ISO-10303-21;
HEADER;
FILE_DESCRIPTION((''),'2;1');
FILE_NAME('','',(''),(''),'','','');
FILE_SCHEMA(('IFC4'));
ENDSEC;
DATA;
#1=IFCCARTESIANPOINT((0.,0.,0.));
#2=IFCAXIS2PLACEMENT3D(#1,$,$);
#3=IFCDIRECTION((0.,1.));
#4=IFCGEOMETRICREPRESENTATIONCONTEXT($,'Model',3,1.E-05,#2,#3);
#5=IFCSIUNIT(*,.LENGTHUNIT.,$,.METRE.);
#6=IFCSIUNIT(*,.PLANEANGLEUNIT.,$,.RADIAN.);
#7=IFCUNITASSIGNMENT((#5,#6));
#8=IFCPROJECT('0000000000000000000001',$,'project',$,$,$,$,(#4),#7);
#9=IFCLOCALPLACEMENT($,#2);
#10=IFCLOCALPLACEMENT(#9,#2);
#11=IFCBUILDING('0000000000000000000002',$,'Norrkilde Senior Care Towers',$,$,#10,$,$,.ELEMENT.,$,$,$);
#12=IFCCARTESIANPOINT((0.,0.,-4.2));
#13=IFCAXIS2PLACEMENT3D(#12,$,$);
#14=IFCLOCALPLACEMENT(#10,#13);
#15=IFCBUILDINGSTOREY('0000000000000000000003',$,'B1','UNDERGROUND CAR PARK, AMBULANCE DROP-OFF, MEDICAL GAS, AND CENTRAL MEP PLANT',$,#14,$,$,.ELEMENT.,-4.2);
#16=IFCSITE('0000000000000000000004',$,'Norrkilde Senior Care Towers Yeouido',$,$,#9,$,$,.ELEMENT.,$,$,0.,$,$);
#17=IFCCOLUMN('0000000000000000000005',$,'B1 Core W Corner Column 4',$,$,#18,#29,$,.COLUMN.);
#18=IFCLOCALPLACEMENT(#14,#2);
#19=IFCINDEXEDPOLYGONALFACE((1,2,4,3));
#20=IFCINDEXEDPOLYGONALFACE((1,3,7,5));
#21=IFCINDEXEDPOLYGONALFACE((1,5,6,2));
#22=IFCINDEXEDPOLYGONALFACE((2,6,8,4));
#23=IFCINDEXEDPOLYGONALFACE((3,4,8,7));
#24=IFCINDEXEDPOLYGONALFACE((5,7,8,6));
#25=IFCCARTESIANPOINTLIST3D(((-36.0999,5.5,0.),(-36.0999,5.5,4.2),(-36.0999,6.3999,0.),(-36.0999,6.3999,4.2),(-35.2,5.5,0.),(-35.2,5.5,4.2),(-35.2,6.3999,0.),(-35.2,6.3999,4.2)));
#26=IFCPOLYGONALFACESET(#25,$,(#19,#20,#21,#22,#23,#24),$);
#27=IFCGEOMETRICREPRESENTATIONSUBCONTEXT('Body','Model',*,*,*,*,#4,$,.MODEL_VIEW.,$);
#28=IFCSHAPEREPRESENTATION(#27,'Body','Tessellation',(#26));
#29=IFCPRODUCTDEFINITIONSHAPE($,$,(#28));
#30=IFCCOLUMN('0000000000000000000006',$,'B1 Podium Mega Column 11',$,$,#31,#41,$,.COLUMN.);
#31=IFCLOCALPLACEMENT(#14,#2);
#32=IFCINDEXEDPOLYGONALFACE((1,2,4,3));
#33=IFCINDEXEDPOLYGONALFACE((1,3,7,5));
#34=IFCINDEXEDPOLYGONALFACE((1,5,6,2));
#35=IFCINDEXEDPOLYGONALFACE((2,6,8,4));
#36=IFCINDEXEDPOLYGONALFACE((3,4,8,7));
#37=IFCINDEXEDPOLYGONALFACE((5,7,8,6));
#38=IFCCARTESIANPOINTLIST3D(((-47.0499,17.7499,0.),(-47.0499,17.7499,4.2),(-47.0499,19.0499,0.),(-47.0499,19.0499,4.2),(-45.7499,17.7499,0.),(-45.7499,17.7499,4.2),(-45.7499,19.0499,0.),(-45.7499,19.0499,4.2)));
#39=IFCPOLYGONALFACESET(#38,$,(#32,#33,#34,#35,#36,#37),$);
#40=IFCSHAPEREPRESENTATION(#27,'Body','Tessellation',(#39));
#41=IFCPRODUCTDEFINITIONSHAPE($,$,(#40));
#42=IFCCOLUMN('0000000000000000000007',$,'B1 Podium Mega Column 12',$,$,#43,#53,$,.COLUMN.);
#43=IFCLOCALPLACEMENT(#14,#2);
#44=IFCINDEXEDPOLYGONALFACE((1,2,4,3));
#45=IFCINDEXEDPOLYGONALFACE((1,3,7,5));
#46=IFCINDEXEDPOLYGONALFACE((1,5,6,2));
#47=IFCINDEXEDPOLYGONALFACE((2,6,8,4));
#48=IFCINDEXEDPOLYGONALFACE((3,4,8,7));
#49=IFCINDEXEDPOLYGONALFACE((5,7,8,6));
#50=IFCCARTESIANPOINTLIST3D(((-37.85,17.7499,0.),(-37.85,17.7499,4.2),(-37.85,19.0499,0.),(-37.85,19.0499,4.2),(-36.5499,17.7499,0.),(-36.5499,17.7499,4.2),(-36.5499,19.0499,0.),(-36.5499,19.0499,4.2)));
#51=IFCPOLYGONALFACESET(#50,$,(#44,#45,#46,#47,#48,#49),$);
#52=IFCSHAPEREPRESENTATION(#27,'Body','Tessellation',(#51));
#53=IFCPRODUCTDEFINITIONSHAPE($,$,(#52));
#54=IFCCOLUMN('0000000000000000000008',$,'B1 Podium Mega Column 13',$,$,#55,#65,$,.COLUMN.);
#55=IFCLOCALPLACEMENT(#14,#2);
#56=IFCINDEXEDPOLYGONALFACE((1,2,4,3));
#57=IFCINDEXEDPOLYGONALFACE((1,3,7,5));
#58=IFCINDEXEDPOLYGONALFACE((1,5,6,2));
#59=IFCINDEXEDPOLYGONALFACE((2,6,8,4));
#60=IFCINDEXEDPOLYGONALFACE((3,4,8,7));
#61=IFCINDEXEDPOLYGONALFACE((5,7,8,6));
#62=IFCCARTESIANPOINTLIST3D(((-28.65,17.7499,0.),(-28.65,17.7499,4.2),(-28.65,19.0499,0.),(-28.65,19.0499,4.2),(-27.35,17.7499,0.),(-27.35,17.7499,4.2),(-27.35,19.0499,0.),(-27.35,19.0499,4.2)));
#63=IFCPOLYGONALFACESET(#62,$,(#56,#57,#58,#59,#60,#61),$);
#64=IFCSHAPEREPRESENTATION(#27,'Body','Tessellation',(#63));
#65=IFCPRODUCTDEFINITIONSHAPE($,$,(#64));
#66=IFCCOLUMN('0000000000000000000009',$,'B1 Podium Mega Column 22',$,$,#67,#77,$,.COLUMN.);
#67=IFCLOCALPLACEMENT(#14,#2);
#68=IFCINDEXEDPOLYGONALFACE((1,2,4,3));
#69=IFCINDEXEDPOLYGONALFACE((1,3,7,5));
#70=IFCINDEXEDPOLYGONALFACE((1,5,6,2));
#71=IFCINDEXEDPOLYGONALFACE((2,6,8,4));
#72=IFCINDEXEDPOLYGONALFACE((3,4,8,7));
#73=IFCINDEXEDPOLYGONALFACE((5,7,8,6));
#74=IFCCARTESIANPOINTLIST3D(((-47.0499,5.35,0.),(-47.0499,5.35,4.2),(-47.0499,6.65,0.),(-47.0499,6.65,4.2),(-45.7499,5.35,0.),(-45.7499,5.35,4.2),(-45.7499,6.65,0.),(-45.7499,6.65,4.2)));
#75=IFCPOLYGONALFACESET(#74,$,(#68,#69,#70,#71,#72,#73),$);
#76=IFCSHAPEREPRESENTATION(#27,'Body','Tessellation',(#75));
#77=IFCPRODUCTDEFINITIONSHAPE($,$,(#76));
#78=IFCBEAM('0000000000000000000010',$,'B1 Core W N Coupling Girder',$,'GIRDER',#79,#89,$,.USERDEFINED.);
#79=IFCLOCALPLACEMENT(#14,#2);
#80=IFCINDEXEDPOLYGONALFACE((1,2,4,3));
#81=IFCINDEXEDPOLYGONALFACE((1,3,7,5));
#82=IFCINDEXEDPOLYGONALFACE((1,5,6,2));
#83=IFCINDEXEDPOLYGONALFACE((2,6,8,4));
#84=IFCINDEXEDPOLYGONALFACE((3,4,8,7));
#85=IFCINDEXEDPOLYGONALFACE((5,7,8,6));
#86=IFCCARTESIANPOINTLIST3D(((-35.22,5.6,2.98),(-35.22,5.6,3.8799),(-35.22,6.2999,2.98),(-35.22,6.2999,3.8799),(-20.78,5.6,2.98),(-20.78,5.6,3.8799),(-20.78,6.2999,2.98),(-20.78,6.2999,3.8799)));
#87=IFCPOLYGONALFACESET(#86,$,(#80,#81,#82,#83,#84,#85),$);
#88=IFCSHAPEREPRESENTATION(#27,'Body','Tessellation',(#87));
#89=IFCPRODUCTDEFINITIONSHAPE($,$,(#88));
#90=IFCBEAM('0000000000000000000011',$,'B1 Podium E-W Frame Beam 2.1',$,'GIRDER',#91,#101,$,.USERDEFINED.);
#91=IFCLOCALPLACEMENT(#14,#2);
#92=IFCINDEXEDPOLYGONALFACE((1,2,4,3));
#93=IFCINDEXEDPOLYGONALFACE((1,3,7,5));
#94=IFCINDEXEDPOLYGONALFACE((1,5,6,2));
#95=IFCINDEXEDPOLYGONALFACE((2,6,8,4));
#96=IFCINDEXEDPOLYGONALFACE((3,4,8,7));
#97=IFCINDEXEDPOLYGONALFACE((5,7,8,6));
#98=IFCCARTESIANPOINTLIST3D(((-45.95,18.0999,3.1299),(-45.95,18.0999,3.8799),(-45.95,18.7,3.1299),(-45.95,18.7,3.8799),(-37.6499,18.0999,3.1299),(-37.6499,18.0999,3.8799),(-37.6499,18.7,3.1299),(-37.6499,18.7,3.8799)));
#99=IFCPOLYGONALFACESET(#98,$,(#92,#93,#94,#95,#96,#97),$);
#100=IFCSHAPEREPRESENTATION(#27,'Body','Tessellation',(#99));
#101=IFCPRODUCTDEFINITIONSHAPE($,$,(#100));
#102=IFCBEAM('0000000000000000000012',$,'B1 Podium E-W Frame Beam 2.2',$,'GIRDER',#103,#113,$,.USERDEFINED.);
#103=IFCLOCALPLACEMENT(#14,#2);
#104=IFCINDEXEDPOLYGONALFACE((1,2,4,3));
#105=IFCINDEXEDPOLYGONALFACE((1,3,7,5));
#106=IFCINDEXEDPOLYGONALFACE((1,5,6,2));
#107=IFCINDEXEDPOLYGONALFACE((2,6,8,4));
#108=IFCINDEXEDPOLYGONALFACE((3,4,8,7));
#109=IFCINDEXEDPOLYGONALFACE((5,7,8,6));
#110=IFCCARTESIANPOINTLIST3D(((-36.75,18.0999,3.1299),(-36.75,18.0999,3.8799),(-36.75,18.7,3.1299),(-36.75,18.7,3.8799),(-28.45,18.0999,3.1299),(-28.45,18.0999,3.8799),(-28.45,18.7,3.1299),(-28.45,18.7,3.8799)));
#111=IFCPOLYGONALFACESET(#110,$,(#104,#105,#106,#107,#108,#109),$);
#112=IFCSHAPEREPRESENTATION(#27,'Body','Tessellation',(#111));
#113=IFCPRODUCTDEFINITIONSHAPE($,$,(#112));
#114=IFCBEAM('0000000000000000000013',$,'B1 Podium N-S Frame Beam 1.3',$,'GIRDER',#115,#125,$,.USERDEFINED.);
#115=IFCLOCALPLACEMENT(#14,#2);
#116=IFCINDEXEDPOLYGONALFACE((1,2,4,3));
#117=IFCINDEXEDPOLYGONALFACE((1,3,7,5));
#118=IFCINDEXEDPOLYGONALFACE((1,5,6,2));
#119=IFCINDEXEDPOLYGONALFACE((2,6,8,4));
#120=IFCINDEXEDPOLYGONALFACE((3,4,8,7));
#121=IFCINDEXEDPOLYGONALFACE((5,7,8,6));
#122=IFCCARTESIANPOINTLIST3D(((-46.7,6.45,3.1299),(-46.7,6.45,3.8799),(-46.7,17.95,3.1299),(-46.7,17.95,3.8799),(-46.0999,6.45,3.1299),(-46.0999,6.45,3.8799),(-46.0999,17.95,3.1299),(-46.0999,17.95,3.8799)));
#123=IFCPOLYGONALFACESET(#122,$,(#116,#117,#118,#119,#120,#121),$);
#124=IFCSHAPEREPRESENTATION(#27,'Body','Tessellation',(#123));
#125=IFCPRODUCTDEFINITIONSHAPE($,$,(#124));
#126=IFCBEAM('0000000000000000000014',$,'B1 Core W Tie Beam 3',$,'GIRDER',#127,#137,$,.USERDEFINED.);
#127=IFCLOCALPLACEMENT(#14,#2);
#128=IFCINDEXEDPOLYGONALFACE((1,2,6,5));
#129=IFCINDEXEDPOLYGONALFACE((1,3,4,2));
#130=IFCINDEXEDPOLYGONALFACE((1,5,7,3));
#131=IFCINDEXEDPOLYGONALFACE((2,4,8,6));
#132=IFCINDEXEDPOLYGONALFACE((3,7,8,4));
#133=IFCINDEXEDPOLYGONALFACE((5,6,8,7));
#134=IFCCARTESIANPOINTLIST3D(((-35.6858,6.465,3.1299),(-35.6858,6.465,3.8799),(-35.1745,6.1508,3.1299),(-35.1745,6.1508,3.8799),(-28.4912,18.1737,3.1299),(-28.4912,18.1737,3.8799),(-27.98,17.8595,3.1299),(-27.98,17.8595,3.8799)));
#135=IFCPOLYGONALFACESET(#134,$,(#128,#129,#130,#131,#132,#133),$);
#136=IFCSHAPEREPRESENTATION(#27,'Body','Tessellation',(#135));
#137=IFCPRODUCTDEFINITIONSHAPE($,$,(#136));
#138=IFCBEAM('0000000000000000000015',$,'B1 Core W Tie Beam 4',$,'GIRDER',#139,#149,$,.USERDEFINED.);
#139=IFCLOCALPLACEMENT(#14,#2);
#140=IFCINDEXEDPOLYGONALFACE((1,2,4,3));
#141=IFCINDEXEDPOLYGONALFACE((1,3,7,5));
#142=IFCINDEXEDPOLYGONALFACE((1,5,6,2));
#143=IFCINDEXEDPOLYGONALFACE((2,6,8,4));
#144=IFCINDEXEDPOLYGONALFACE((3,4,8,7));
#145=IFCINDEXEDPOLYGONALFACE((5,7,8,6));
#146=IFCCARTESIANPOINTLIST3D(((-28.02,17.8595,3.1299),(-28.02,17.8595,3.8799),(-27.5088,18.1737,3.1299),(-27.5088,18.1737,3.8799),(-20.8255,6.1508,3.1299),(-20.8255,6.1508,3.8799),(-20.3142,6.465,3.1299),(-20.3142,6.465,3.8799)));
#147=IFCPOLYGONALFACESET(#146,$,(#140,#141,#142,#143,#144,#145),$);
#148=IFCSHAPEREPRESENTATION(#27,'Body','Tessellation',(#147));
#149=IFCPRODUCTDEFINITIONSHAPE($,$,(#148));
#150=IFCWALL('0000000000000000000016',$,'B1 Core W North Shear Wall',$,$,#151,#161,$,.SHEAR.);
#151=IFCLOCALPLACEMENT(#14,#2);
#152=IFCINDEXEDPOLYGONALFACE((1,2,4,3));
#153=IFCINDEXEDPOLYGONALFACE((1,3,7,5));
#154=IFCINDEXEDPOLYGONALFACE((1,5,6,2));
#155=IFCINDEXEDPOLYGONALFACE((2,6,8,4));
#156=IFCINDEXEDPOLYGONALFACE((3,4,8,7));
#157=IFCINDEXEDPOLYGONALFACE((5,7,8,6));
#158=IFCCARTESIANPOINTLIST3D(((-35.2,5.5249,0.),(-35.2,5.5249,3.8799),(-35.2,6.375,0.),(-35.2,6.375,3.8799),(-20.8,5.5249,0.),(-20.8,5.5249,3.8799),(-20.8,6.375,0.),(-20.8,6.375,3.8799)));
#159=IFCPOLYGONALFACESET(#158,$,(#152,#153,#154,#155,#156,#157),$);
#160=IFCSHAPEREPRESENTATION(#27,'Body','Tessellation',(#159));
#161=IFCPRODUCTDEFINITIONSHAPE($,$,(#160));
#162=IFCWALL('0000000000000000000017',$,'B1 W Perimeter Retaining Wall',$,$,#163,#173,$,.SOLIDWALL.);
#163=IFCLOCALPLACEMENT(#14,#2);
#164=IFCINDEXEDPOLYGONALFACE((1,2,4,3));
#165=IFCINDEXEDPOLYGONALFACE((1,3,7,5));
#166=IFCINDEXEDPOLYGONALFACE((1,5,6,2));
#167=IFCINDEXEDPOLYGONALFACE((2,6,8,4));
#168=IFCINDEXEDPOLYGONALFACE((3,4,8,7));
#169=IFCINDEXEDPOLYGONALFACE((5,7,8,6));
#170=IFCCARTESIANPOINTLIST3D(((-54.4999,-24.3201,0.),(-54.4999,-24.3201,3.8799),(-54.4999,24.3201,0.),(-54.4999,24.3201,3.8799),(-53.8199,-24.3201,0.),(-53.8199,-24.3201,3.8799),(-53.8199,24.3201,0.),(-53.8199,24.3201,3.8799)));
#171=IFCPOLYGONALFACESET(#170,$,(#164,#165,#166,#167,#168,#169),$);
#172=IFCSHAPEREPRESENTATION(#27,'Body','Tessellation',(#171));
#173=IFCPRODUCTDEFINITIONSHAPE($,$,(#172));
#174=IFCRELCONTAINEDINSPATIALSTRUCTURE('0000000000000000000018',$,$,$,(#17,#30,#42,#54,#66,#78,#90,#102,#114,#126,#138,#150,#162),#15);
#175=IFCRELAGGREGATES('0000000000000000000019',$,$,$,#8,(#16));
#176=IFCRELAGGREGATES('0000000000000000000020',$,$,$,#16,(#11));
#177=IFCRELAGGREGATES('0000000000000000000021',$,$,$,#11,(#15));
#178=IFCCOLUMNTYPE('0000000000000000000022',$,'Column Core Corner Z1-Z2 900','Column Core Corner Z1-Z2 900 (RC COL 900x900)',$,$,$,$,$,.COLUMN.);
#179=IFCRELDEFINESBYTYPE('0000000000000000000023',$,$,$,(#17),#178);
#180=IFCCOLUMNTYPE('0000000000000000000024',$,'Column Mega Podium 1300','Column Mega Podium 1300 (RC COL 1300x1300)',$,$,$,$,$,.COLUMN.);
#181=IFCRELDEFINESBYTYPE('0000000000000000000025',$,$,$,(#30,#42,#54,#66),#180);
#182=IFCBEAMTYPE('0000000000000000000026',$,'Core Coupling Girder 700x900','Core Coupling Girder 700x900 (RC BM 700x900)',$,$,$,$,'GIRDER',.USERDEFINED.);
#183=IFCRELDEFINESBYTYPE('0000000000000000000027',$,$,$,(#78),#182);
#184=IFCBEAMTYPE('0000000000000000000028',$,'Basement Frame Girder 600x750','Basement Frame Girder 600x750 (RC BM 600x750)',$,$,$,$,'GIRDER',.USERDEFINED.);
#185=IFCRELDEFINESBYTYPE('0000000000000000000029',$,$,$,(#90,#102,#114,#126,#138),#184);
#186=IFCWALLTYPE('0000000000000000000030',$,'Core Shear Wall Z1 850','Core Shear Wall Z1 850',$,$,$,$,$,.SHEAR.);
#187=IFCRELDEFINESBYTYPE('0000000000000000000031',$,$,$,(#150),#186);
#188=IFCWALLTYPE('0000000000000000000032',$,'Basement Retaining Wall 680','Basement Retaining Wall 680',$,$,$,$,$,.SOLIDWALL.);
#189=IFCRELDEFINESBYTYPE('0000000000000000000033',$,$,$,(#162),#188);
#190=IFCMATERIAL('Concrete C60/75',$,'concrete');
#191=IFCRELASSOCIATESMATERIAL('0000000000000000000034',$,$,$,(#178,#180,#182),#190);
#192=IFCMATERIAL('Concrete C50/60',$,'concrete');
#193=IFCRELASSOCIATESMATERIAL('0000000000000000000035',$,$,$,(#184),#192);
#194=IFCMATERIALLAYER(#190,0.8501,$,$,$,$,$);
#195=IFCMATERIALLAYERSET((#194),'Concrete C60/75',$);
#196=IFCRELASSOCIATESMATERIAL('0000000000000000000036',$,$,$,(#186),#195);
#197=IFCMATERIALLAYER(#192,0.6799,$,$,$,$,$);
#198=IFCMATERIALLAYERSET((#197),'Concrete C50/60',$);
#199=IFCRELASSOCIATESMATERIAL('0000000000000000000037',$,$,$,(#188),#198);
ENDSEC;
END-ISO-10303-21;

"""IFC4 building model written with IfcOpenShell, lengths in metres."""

from ifc_helpers import new_model, si_unit, direction, frame, frame_2d, origin, origin_2d, place, context, subcontext, project, spatial, rectangle, extrude, source, transform, mapped, material, layer, layer_set, material_profile, profile_set, type_object, type_shapes, element, save


model = new_model("IFC4")

# Units and contexts
model_context = context("Model", 3, precision=1e-05, world=origin(), true_north=direction((0.0, 1.0)))
body_context = subcontext(model_context, "Body", "Model", "MODEL_VIEW")
ifc_project = project(units=[si_unit("LENGTHUNIT", "METRE"), si_unit("PLANEANGLEUNIT", "RADIAN")], contexts=[model_context])

# Site, building, storey
site_placement = place(None, origin())
site = spatial("IfcSite", under=ifc_project, at=site_placement, Name="Norrkilde Senior Care Towers Yeouido", CompositionType="ELEMENT", RefElevation=0.0)
building_placement = place(site_placement, origin())
building = spatial("IfcBuilding", under=site, at=building_placement, Name="Norrkilde Senior Care Towers", CompositionType="ELEMENT")
storey_placement = place(building_placement, frame((0.0, 0.0, -4.2)))
storey = spatial("IfcBuildingStorey", under=building, at=storey_placement, Name="B1", Description="UNDERGROUND CAR PARK, AMBULANCE DROP-OFF, MEDICAL GAS, AND CENTRAL MEP PLANT", CompositionType="ELEMENT", Elevation=-4.2)

# Columns
ifc_material_1 = material(Name="Concrete C60/75", Category="concrete")
ifc_material_profile_1 = material_profile(ifc_material_1, rectangle(XDim=0.8999, YDim=0.8999, at=origin_2d()), Name="RC COL 900x900")
ifc_profile_set_1 = profile_set([ifc_material_profile_1], Name="Concrete C60/75")
column_type_1 = type_object("IfcColumnType", Name="Column Core Corner Z1-Z2 900", Description="Column Core Corner Z1-Z2 900 (RC COL 900x900)", PredefinedType="COLUMN", material=ifc_profile_set_1)
shared_shape_1 = source(origin(), body_context, "Body", "SweptSolid", [
    extrude(rectangle(XDim=0.8999, YDim=0.8999, at=origin_2d()), origin(), (0.0, 0.0, 1.0), 4.2),
])
type_shapes(column_type_1, [shared_shape_1])
column_placement = place(storey_placement, frame((-35.6499, 5.95, 0.0), z_axis=(0.0, 0.0, 1.0), x_axis=(1.0, 0.0, 0.0)))
element("IfcColumn", 1, at=column_placement, inside=storey, type_object=column_type_1, Name="B1 Core W Corner Column 4", PredefinedType="COLUMN", context=body_context, shape_type="MappedRepresentation", body=[
    mapped(shared_shape_1, transform((0.0, 0.0, 0.0), x_axis=(1.0, 0.0, 0.0), y_axis=(0.0, 1.0, 0.0), z_axis=(0.0, 0.0, 1.0), scale=1.0)),
])
ifc_material_profile_2 = material_profile(ifc_material_1, rectangle(XDim=1.3, YDim=1.3, at=origin_2d()), Name="RC COL 1300x1300")
ifc_profile_set_2 = profile_set([ifc_material_profile_2], Name="Concrete C60/75")
column_type_2 = type_object("IfcColumnType", Name="Column Mega Podium 1300", Description="Column Mega Podium 1300 (RC COL 1300x1300)", PredefinedType="COLUMN", material=ifc_profile_set_2)
shared_shape_2 = source(origin(), body_context, "Body", "SweptSolid", [
    extrude(rectangle(XDim=1.3, YDim=1.3, at=origin_2d()), origin(), (0.0, 0.0, 1.0), 4.2),
])
type_shapes(column_type_2, [shared_shape_2])
for number, where, z_axis, x_axis, name in (
    (2, (-46.3999, 18.3999, 0.0), (0.0, 0.0, 1.0), (1.0, 0.0, 0.0), "B1 Podium Mega Column 11"),
    (3, (-37.2, 18.3999, 0.0), (0.0, 0.0, 1.0), (1.0, 0.0, 0.0), "B1 Podium Mega Column 12"),
    (4, (-28.0, 18.3999, 0.0), (0.0, 0.0, 1.0), (1.0, 0.0, 0.0), "B1 Podium Mega Column 13"),
    (5, (-46.3999, 6.0, 0.0), (0.0, 0.0, 1.0), (1.0, 0.0, 0.0), "B1 Podium Mega Column 22"),
):
    element("IfcColumn", number, at=place(storey_placement, frame(where, z_axis=z_axis, x_axis=x_axis)), inside=storey, type_object=column_type_2, Name=name, PredefinedType="COLUMN", context=body_context, shape_type="MappedRepresentation", body=[
        mapped(shared_shape_2, transform((0.0, 0.0, 0.0), x_axis=(1.0, 0.0, 0.0), y_axis=(0.0, 1.0, 0.0), z_axis=(0.0, 0.0, 1.0), scale=1.0)),
    ])

# Beams
ifc_material_profile_3 = material_profile(ifc_material_1, rectangle(XDim=0.7, YDim=0.8999, at=origin_2d()), Name="RC BM 700x900")
ifc_profile_set_3 = profile_set([ifc_material_profile_3], Name="Concrete C60/75")
beam_type_1 = type_object("IfcBeamType", Name="Core Coupling Girder 700x900", Description="Core Coupling Girder 700x900 (RC BM 700x900)", ElementType="GIRDER", PredefinedType="USERDEFINED", material=ifc_profile_set_3)
shared_shape_3 = source(origin(), body_context, "Body", "SweptSolid", [
    extrude(rectangle(XDim=0.7, YDim=0.8999, at=origin_2d()), origin(), (0.0, 0.0, 1.0), 14.4399),
])
type_shapes(beam_type_1, [shared_shape_3])
beam_1_placement = place(storey_placement, frame((-35.22, 5.95, 3.4299), z_axis=(1.0, 0.0, 0.0), x_axis=(0.0, 1.0, 0.0)))
element("IfcBeam", 6, at=beam_1_placement, inside=storey, type_object=beam_type_1, Name="B1 Core W N Coupling Girder", ObjectType="GIRDER", PredefinedType="USERDEFINED", context=body_context, shape_type="MappedRepresentation", body=[
    mapped(shared_shape_3, transform((0.0, 0.0, 0.0), x_axis=(1.0, 0.0, 0.0), y_axis=(0.0, 1.0, 0.0), z_axis=(0.0, 0.0, 1.0), scale=1.0)),
])
ifc_material_2 = material(Name="Concrete C50/60", Category="concrete")
ifc_material_profile_4 = material_profile(ifc_material_2, rectangle(XDim=0.6001, YDim=0.75, at=origin_2d()), Name="RC BM 600x750")
ifc_profile_set_4 = profile_set([ifc_material_profile_4], Name="Concrete C50/60")
beam_type_2 = type_object("IfcBeamType", Name="Basement Frame Girder 600x750", Description="Basement Frame Girder 600x750 (RC BM 600x750)", ElementType="GIRDER", PredefinedType="USERDEFINED", material=ifc_profile_set_4)
shared_shape_4 = source(origin(), body_context, "Body", "SweptSolid", [
    extrude(rectangle(XDim=0.6001, YDim=0.75, at=origin_2d()), origin(), (0.0, 0.0, 1.0), 8.3),
])
for number, where, z_axis, x_axis, name in (
    (7, (-45.95, 18.3999, 3.5049), (1.0, 0.0, 0.0), (0.0, 1.0, 0.0), "B1 Podium E-W Frame Beam 2.1"),
    (8, (-36.75, 18.3999, 3.5049), (1.0, 0.0, 0.0), (0.0, 1.0, 0.0), "B1 Podium E-W Frame Beam 2.2"),
):
    element("IfcBeam", number, at=place(storey_placement, frame(where, z_axis=z_axis, x_axis=x_axis)), inside=storey, type_object=beam_type_2, Name=name, ObjectType="GIRDER", PredefinedType="USERDEFINED", context=body_context, shape_type="MappedRepresentation", body=[
        mapped(shared_shape_4, transform((0.0, 0.0, 0.0), x_axis=(1.0, 0.0, 0.0), y_axis=(0.0, 1.0, 0.0), z_axis=(0.0, 0.0, 1.0), scale=1.0)),
    ])
shared_shape_5 = source(origin(), body_context, "Body", "SweptSolid", [
    extrude(rectangle(XDim=0.6001, YDim=0.75, at=origin_2d()), origin(), (0.0, 0.0, 1.0), 11.5),
])
beam_2_placement = place(storey_placement, frame((-46.3999, 6.45, 3.5049), z_axis=(0.0, 1.0, 0.0), x_axis=(-1.0, 0.0, 0.0)))
element("IfcBeam", 9, at=beam_2_placement, inside=storey, type_object=beam_type_2, Name="B1 Podium N-S Frame Beam 1.3", ObjectType="GIRDER", PredefinedType="USERDEFINED", context=body_context, shape_type="MappedRepresentation", body=[
    mapped(shared_shape_5, transform((0.0, 0.0, 0.0), x_axis=(1.0, 0.0, 0.0), y_axis=(0.0, 1.0, 0.0), z_axis=(0.0, 0.0, 1.0), scale=1.0)),
])
shared_shape_6 = source(origin(), body_context, "Body", "SweptSolid", [
    extrude(rectangle(XDim=0.6001, YDim=0.75, at=origin_2d()), origin(), (0.0, 0.0, 1.0), 13.7424),
])
type_shapes(beam_type_2, [shared_shape_4, shared_shape_5, shared_shape_6])
for number, where, z_axis, x_axis, name in (
    (10, (-28.2356, 18.0166, 3.5049), (-0.523527, -0.852009, 0.0), (0.852009, -0.523527, 0.0), "B1 Core W Tie Beam 3"),
    (11, (-27.7644, 18.0166, 3.5049), (0.523527, -0.852009, 0.0), (0.852009, 0.523527, 0.0), "B1 Core W Tie Beam 4"),
):
    element("IfcBeam", number, at=place(storey_placement, frame(where, z_axis=z_axis, x_axis=x_axis)), inside=storey, type_object=beam_type_2, Name=name, ObjectType="GIRDER", PredefinedType="USERDEFINED", context=body_context, shape_type="MappedRepresentation", body=[
        mapped(shared_shape_6, transform((0.0, 0.0, 0.0), x_axis=(1.0, 0.0, 0.0), y_axis=(0.0, 1.0, 0.0), z_axis=(0.0, 0.0, 1.0), scale=1.0)),
    ])

# Walls
ifc_layer_1 = layer(ifc_material_1, 0.8501)
ifc_layer_set_1 = layer_set([ifc_layer_1], Name="Concrete C60/75")
wall_type_1 = type_object("IfcWallType", Name="Core Shear Wall Z1 850", Description="Core Shear Wall Z1 850", PredefinedType="SHEAR", material=ifc_layer_set_1)
shared_shape_7 = source(origin(), body_context, "Body", "SweptSolid", [
    extrude(rectangle(XDim=14.3999, YDim=0.8501, at=frame_2d((7.2, 0.0))), origin(), (0.0, 0.0, 1.0), 3.8799),
])
type_shapes(wall_type_1, [shared_shape_7])
wall_1_placement = place(storey_placement, frame((-35.2, 5.95, 0.0), z_axis=(0.0, 0.0, 1.0), x_axis=(1.0, 0.0, 0.0)))
element("IfcWall", 12, at=wall_1_placement, inside=storey, type_object=wall_type_1, Name="B1 Core W North Shear Wall", PredefinedType="SHEAR", context=body_context, shape_type="MappedRepresentation", body=[
    mapped(shared_shape_7, transform((0.0, 0.0, 0.0), x_axis=(1.0, 0.0, 0.0), y_axis=(0.0, 1.0, 0.0), z_axis=(0.0, 0.0, 1.0), scale=1.0)),
])
ifc_layer_2 = layer(ifc_material_2, 0.6799)
ifc_layer_set_2 = layer_set([ifc_layer_2], Name="Concrete C50/60")
wall_type_2 = type_object("IfcWallType", Name="Basement Retaining Wall 680", Description="Basement Retaining Wall 680", PredefinedType="SOLIDWALL", material=ifc_layer_set_2)
shared_shape_8 = source(origin(), body_context, "Body", "SweptSolid", [
    extrude(rectangle(XDim=48.6401, YDim=0.6799, at=frame_2d((24.3201, 0.0))), origin(), (0.0, 0.0, 1.0), 3.8799),
])
type_shapes(wall_type_2, [shared_shape_8])
wall_2_placement = place(storey_placement, frame((-54.1599, 24.3201, 0.0), z_axis=(0.0, 0.0, 1.0), x_axis=(0.0, -1.0, 0.0)))
element("IfcWall", 13, at=wall_2_placement, inside=storey, type_object=wall_type_2, Name="B1 W Perimeter Retaining Wall", PredefinedType="SOLIDWALL", context=body_context, shape_type="MappedRepresentation", body=[
    mapped(shared_shape_8, transform((0.0, 0.0, 0.0), x_axis=(1.0, 0.0, 0.0), y_axis=(0.0, 1.0, 0.0), z_axis=(0.0, 0.0, 1.0), scale=1.0)),
])

save(model, "model.ifc")
